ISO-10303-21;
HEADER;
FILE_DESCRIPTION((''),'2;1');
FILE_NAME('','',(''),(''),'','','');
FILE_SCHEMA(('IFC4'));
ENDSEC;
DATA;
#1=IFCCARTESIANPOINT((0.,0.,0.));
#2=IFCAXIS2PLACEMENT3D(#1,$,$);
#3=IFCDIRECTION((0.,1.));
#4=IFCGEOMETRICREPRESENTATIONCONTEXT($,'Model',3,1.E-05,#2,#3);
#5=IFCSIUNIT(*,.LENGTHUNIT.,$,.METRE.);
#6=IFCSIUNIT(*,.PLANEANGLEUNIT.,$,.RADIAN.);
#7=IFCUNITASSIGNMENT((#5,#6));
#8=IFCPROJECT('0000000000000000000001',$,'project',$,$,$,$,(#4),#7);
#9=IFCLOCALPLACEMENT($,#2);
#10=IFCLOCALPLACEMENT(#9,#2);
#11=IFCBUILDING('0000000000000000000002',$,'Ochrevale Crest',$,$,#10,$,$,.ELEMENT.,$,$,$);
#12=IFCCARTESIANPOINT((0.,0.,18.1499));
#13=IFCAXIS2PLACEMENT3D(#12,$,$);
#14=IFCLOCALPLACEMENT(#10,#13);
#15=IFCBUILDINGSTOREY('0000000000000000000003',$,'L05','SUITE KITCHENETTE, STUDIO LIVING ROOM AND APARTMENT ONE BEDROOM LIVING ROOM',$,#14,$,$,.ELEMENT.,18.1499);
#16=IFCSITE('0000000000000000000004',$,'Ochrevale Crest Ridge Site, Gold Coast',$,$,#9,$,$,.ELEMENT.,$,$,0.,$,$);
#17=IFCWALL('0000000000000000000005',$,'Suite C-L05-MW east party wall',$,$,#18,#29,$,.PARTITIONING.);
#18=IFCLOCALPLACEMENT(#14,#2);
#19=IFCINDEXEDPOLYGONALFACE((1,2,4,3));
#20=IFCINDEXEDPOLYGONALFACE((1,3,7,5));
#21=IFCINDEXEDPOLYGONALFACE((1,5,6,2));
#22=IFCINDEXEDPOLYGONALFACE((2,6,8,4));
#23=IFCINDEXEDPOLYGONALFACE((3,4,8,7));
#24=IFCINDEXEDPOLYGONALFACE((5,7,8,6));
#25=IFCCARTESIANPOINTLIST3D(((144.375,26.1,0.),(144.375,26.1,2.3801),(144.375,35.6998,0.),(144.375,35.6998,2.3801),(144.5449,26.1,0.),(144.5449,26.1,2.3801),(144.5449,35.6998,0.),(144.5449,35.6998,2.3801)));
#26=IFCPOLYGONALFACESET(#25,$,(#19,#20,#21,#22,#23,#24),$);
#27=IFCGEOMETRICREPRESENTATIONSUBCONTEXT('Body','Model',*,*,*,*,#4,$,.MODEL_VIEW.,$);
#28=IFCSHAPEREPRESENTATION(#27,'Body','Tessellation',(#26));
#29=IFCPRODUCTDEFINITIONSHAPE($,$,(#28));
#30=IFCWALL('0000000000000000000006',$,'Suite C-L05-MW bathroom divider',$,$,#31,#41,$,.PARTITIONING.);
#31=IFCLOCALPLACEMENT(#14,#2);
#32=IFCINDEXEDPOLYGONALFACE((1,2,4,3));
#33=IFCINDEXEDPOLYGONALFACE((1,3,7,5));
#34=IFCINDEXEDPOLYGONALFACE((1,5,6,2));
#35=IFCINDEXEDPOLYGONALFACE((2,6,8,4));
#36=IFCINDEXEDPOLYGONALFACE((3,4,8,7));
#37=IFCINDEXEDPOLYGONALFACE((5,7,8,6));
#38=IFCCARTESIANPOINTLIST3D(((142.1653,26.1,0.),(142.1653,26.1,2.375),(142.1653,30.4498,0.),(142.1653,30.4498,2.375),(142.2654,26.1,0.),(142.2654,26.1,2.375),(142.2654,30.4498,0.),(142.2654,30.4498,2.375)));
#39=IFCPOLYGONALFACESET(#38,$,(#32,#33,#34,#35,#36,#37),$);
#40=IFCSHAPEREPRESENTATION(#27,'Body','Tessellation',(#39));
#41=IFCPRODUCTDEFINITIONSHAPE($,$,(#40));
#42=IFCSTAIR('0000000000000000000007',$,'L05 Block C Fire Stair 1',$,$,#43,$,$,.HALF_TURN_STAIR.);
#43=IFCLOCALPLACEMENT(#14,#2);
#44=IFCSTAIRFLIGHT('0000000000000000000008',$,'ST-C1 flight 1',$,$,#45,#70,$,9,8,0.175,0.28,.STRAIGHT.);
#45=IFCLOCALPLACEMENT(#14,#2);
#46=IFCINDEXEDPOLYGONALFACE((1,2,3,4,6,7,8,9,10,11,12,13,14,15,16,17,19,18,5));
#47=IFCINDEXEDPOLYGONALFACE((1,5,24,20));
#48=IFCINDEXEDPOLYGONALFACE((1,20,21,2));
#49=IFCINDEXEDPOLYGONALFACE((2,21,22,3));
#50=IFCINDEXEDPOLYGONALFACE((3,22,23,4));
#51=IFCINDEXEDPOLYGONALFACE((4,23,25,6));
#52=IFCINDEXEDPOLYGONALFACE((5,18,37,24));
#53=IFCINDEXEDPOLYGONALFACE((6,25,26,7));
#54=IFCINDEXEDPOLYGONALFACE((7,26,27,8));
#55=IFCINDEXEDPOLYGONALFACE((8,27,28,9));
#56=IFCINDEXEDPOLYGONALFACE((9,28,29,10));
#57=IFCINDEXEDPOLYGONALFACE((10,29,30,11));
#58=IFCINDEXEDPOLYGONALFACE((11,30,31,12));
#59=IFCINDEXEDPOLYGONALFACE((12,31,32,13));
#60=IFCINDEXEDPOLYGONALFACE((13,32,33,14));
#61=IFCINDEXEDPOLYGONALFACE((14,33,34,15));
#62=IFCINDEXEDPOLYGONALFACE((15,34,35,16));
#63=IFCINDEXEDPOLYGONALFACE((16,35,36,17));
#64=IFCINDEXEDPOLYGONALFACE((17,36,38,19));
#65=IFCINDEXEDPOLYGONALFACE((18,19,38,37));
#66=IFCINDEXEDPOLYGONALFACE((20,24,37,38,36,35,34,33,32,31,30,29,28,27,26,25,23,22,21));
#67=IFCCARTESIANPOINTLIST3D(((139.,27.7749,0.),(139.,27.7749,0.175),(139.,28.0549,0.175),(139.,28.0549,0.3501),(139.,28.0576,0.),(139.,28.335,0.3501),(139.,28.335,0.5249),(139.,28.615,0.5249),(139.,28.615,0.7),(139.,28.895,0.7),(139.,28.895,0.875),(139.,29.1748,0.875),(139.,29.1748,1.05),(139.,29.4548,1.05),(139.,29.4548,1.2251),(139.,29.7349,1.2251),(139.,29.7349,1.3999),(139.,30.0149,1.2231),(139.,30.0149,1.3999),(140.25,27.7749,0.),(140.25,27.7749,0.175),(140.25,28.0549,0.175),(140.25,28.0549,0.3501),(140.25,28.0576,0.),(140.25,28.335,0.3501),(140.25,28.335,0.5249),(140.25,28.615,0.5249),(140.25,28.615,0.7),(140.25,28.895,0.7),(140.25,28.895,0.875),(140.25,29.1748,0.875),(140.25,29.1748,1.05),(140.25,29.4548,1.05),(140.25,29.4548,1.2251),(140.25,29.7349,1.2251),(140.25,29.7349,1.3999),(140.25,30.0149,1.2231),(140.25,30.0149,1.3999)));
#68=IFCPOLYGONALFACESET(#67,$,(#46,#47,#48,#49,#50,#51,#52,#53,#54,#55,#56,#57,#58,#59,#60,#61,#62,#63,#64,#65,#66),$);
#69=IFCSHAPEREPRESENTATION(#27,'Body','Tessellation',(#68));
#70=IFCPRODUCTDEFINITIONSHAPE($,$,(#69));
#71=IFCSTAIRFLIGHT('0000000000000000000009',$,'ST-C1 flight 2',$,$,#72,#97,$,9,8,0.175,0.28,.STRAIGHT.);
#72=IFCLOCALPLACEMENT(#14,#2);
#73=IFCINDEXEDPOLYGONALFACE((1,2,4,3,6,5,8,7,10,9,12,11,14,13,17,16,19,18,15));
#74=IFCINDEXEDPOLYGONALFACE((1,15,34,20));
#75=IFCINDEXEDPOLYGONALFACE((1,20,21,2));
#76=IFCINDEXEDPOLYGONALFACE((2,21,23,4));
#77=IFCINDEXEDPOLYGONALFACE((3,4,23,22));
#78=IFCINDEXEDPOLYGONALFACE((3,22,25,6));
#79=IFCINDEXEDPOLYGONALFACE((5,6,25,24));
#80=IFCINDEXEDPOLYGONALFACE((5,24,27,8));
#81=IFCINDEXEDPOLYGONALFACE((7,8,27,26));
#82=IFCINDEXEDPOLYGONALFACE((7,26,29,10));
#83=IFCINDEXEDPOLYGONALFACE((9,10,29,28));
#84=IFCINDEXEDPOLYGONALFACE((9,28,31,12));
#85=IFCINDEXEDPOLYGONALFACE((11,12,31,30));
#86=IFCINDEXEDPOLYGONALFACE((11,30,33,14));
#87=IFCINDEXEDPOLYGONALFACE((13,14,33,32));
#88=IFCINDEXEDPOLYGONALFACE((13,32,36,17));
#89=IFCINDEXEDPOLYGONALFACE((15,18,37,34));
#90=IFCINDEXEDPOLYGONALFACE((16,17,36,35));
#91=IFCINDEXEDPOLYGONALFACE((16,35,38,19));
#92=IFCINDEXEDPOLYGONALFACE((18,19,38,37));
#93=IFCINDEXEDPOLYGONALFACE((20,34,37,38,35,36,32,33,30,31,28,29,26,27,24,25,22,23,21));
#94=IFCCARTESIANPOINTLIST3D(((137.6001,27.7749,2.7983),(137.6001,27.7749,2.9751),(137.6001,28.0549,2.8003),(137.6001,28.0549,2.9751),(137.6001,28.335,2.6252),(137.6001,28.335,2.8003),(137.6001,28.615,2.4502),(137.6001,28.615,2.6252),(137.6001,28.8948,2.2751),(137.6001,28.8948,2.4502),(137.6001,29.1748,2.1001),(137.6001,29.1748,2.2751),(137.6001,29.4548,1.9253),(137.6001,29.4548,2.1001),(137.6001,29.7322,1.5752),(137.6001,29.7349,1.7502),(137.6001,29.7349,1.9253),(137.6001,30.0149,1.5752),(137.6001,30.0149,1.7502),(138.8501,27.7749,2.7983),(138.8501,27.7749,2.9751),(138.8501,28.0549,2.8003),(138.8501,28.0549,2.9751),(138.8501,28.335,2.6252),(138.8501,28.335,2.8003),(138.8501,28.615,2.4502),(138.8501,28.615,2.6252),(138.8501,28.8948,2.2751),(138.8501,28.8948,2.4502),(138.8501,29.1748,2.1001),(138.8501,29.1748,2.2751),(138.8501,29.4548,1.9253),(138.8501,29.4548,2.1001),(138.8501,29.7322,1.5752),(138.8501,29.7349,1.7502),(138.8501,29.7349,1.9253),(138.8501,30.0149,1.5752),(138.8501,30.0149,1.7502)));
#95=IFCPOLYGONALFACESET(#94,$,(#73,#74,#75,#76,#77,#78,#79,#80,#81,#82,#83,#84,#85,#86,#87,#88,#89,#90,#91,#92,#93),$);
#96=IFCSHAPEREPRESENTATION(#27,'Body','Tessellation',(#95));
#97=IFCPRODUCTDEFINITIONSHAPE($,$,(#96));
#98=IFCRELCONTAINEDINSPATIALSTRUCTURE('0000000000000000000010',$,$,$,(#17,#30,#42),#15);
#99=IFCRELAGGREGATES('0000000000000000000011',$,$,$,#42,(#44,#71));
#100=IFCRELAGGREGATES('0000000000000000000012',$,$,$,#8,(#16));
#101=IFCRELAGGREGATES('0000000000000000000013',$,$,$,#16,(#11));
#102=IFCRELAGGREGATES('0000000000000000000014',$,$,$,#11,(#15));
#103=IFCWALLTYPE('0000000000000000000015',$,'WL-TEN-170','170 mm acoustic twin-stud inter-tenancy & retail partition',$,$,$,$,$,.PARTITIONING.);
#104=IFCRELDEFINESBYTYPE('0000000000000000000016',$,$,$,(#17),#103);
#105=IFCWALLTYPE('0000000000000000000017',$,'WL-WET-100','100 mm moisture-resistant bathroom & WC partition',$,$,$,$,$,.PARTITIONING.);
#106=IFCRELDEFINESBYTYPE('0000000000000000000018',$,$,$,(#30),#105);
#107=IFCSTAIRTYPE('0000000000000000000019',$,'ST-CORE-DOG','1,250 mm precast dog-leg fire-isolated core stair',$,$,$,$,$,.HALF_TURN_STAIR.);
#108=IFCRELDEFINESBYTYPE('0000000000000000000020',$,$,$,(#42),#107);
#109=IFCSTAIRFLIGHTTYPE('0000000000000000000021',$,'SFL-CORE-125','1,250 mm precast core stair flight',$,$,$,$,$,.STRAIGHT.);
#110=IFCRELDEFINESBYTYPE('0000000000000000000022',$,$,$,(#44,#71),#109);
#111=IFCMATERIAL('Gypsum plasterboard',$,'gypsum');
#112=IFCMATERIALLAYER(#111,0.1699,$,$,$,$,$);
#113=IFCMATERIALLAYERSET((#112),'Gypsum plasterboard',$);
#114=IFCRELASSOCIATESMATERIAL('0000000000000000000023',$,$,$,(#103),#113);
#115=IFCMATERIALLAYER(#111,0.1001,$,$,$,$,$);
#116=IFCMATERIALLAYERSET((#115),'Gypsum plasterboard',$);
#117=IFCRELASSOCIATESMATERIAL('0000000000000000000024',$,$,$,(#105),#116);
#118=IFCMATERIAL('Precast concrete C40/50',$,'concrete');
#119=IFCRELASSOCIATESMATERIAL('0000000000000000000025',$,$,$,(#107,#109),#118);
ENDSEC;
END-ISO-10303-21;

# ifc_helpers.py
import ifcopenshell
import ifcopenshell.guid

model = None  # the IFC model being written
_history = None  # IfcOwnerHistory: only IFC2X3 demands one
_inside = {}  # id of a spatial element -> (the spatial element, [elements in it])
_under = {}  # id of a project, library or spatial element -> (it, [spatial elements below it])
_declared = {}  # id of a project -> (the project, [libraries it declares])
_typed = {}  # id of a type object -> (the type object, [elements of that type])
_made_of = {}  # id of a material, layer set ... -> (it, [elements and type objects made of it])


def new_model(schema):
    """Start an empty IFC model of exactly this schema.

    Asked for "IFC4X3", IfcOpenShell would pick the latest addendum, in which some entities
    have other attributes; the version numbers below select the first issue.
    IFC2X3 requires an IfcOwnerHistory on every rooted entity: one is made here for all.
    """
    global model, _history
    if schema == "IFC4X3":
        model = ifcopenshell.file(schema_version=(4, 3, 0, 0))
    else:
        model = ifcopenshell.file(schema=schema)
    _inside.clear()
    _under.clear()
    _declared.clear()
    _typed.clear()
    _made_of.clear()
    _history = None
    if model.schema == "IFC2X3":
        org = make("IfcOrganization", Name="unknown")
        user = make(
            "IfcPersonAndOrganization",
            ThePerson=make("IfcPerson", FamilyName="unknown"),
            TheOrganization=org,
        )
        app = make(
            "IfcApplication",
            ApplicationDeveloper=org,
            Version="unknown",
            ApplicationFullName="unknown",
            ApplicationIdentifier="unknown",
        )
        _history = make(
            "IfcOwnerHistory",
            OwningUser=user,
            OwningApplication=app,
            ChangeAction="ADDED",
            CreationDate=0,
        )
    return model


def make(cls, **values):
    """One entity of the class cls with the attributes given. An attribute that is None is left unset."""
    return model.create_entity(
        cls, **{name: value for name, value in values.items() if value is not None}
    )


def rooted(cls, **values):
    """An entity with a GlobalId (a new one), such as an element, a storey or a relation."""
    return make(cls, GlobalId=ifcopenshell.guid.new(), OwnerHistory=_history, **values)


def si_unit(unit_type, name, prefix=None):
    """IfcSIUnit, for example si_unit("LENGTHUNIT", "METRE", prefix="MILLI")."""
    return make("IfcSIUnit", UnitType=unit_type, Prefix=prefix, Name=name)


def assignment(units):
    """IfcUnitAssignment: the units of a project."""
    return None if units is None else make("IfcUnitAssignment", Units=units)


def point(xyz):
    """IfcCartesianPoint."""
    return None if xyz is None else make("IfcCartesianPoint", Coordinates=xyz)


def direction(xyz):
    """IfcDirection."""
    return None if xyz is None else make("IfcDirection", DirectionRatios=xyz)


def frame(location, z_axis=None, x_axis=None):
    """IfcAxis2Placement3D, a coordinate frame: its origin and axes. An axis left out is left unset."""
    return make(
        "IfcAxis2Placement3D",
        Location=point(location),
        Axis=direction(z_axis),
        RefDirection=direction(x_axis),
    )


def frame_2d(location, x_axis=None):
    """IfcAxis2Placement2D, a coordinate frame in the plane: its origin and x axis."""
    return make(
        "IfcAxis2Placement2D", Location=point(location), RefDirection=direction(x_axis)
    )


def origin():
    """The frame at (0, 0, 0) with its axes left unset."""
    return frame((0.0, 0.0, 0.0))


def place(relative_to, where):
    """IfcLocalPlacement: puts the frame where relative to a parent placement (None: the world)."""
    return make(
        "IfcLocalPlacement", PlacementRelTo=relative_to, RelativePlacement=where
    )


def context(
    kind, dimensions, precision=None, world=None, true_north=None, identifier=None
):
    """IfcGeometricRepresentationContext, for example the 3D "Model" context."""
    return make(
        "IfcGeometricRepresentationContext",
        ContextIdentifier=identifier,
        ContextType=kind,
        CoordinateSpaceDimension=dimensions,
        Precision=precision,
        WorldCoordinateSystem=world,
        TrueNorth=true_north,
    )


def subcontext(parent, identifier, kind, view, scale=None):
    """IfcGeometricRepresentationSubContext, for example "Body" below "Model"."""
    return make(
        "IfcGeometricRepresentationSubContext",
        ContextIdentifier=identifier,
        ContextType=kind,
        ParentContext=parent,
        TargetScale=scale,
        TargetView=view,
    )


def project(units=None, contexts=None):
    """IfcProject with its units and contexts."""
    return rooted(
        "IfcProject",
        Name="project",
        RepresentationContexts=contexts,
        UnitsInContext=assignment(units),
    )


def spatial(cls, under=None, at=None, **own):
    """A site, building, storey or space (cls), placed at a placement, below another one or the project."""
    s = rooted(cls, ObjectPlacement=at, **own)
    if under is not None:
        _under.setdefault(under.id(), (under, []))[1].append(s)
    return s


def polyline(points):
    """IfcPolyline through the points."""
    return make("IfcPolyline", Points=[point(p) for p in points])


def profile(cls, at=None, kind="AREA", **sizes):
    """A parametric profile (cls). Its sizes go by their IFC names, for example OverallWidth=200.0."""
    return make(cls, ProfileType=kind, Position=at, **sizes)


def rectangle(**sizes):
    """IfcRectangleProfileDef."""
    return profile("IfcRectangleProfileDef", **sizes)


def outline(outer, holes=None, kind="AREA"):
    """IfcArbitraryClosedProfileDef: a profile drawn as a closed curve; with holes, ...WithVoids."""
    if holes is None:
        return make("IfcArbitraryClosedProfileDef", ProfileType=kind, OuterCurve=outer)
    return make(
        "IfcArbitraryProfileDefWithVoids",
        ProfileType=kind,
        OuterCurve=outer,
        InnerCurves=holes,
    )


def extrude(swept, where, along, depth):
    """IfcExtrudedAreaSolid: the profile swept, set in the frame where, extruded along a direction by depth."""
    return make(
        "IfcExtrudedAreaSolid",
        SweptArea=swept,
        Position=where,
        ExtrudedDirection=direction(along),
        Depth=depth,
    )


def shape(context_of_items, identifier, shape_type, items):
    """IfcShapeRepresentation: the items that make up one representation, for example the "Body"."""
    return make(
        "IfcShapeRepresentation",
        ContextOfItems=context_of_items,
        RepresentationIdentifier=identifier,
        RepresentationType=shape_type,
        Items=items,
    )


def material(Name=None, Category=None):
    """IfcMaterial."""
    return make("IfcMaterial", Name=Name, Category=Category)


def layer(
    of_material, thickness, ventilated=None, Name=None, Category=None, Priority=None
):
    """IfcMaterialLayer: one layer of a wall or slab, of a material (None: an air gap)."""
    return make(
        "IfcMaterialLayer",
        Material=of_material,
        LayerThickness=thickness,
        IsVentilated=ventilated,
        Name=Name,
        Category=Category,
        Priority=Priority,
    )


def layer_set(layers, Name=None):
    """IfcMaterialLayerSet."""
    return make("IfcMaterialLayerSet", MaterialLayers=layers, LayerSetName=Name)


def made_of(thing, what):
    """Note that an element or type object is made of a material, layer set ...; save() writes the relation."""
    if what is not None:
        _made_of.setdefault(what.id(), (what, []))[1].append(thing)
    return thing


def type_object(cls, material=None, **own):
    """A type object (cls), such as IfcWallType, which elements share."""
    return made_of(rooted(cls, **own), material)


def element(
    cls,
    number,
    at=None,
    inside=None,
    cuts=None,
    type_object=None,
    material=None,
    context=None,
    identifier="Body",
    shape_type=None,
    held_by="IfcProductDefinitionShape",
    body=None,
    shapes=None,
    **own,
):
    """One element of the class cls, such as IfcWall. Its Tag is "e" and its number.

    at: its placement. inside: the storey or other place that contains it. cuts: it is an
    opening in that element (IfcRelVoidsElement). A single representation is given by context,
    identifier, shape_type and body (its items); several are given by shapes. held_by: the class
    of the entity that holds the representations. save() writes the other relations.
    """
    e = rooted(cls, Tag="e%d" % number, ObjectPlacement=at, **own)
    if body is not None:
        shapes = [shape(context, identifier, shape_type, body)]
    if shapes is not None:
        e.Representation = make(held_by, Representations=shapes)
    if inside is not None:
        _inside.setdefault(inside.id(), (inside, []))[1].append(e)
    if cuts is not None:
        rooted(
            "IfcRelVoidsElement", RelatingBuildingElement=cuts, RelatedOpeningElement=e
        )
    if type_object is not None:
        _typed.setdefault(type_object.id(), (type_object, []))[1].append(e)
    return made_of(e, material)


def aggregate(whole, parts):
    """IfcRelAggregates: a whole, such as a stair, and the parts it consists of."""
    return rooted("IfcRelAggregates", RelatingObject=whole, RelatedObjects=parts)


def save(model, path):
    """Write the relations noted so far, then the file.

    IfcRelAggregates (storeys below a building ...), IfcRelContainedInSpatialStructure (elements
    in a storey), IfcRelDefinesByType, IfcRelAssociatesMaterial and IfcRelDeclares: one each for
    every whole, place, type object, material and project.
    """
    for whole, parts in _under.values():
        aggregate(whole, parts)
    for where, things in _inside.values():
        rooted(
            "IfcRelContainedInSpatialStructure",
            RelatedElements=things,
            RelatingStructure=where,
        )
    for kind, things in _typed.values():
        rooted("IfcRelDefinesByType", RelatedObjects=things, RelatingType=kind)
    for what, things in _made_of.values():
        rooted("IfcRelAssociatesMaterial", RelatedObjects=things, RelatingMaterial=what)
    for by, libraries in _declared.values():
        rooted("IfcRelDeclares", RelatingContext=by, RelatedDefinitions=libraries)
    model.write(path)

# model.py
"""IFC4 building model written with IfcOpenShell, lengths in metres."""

from ifc_helpers import new_model, si_unit, direction, frame, frame_2d, origin, place, context, subcontext, project, spatial, polyline, rectangle, outline, extrude, material, layer, layer_set, type_object, element, aggregate, save


model = new_model("IFC4")

# Units and contexts
model_context = context("Model", 3, precision=1e-05, world=origin(), true_north=direction((0.0, 1.0)))
body_context = subcontext(model_context, "Body", "Model", "MODEL_VIEW")
ifc_project = project(units=[si_unit("LENGTHUNIT", "METRE"), si_unit("PLANEANGLEUNIT", "RADIAN")], contexts=[model_context])

# Site, building, storey
site_placement = place(None, origin())
site = spatial("IfcSite", under=ifc_project, at=site_placement, Name="Ochrevale Crest Ridge Site, Gold Coast", CompositionType="ELEMENT", RefElevation=0.0)
building_placement = place(site_placement, origin())
building = spatial("IfcBuilding", under=site, at=building_placement, Name="Ochrevale Crest", CompositionType="ELEMENT")
storey_placement = place(building_placement, frame((0.0, 0.0, 18.1499)))
storey = spatial("IfcBuildingStorey", under=building, at=storey_placement, Name="L05", Description="SUITE KITCHENETTE, STUDIO LIVING ROOM AND APARTMENT ONE BEDROOM LIVING ROOM", CompositionType="ELEMENT", Elevation=18.1499)

# Shared definitions
ifc_material_1 = material(Name="Gypsum plasterboard", Category="gypsum")

# Walls
ifc_layer_1 = layer(ifc_material_1, 0.1699)
ifc_layer_set_1 = layer_set([ifc_layer_1], Name="Gypsum plasterboard")
wall_type_1 = type_object("IfcWallType", Name="WL-TEN-170", Description="170 mm acoustic twin-stud inter-tenancy & retail partition", PredefinedType="PARTITIONING", material=ifc_layer_set_1)
wall_1_placement = place(storey_placement, frame((144.46, 26.1001, 0.0), z_axis=(0.0, 0.0, 1.0), x_axis=(0.0, 1.0, 0.0)))
element("IfcWall", 1, at=wall_1_placement, inside=storey, type_object=wall_type_1, Name="Suite C-L05-MW east party wall", PredefinedType="PARTITIONING", context=body_context, shape_type="SweptSolid", body=[
    extrude(rectangle(XDim=9.5999, YDim=0.1699, at=frame_2d((4.7998, 0.0))), origin(), (0.0, 0.0, 1.0), 2.3801),
])
ifc_layer_2 = layer(ifc_material_1, 0.1001)
ifc_layer_set_2 = layer_set([ifc_layer_2], Name="Gypsum plasterboard")
wall_type_2 = type_object("IfcWallType", Name="WL-WET-100", Description="100 mm moisture-resistant bathroom & WC partition", PredefinedType="PARTITIONING", material=ifc_layer_set_2)
wall_2_placement = place(storey_placement, frame((142.2153, 26.1001, 0.0), z_axis=(0.0, 0.0, 1.0), x_axis=(0.0, 1.0, 0.0)))
element("IfcWall", 2, at=wall_2_placement, inside=storey, type_object=wall_type_2, Name="Suite C-L05-MW bathroom divider", PredefinedType="PARTITIONING", context=body_context, shape_type="SweptSolid", body=[
    extrude(rectangle(XDim=4.3499, YDim=0.1001, at=frame_2d((2.1748, 0.0))), origin(), (0.0, 0.0, 1.0), 2.375),
])

# Stair, stair flights
ifc_material_2 = material(Name="Precast concrete C40/50", Category="concrete")
stair_type = type_object("IfcStairType", Name="ST-CORE-DOG", Description="1,250 mm precast dog-leg fire-isolated core stair", PredefinedType="HALF_TURN_STAIR", material=ifc_material_2)
stair_placement = place(storey_placement, origin())
stair = element("IfcStair", 3, at=stair_placement, inside=storey, type_object=stair_type, Name="L05 Block C Fire Stair 1", PredefinedType="HALF_TURN_STAIR")
stair_flight_type = type_object("IfcStairFlightType", Name="SFL-CORE-125", Description="1,250 mm precast core stair flight", PredefinedType="STRAIGHT", material=ifc_material_2)
stair_flight_1_placement = place(storey_placement, frame((139.625, 27.7749, 0.0), z_axis=(0.0, 0.0, 1.0), x_axis=(0.0, 1.0, 0.0)))
stair_flight_1 = element("IfcStairFlight", 4, at=stair_flight_1_placement, type_object=stair_flight_type, Name="ST-C1 flight 1", NumberOfRisers=9, NumberOfTreads=8, PredefinedType="STRAIGHT", RiserHeight=0.175, TreadLength=0.28, context=body_context, shape_type="SweptSolid", body=[
    extrude(outline(polyline([(0.0, 0.0), (0.0, 0.175), (0.28, 0.175), (0.28, 0.3501), (0.5601, 0.3501), (0.5601, 0.5249), (0.8401, 0.5249), (0.8401, 0.7), (1.1201, 0.7), (1.1201, 0.875), (1.3999, 0.875), (1.3999, 1.05), (1.6799, 1.05), (1.6799, 1.2251), (1.96, 1.2251), (1.96, 1.3999), (2.24, 1.3999), (2.24, 1.575), (2.24, 1.2231), (0.2827, 0.0), (0.0, 0.0)])), frame((0.0, 0.625, 0.0), z_axis=(0.0, -1.0, 0.0), x_axis=(1.0, 0.0, 0.0)), (0.0, 0.0, 1.0), 1.25),
])
stair_flight_2_placement = place(storey_placement, frame((138.2251, 30.0149, 1.5752), z_axis=(0.0, 0.0, 1.0), x_axis=(0.0, -1.0, 0.0)))
stair_flight_2 = element("IfcStairFlight", 5, at=stair_flight_2_placement, type_object=stair_flight_type, Name="ST-C1 flight 2", NumberOfRisers=9, NumberOfTreads=8, PredefinedType="STRAIGHT", RiserHeight=0.175, TreadLength=0.28, context=body_context, shape_type="SweptSolid", body=[
    extrude(outline(polyline([(0.0, 0.0), (0.0, 0.175), (0.28, 0.175), (0.28, 0.3501), (0.5601, 0.3501), (0.5601, 0.5249), (0.8401, 0.5249), (0.8401, 0.7), (1.1201, 0.7), (1.1201, 0.875), (1.3999, 0.875), (1.3999, 1.05), (1.6799, 1.05), (1.6799, 1.2251), (1.96, 1.2251), (1.96, 1.3999), (2.24, 1.3999), (2.24, 1.575), (2.24, 1.2231), (0.2827, 0.0), (0.0, 0.0)])), frame((0.0, 0.625, 0.0), z_axis=(0.0, -1.0, 0.0), x_axis=(1.0, 0.0, 0.0)), (0.0, 0.0, 1.0), 1.25),
])
aggregate(stair, [stair_flight_1, stair_flight_2])

save(model, "model.ifc")
